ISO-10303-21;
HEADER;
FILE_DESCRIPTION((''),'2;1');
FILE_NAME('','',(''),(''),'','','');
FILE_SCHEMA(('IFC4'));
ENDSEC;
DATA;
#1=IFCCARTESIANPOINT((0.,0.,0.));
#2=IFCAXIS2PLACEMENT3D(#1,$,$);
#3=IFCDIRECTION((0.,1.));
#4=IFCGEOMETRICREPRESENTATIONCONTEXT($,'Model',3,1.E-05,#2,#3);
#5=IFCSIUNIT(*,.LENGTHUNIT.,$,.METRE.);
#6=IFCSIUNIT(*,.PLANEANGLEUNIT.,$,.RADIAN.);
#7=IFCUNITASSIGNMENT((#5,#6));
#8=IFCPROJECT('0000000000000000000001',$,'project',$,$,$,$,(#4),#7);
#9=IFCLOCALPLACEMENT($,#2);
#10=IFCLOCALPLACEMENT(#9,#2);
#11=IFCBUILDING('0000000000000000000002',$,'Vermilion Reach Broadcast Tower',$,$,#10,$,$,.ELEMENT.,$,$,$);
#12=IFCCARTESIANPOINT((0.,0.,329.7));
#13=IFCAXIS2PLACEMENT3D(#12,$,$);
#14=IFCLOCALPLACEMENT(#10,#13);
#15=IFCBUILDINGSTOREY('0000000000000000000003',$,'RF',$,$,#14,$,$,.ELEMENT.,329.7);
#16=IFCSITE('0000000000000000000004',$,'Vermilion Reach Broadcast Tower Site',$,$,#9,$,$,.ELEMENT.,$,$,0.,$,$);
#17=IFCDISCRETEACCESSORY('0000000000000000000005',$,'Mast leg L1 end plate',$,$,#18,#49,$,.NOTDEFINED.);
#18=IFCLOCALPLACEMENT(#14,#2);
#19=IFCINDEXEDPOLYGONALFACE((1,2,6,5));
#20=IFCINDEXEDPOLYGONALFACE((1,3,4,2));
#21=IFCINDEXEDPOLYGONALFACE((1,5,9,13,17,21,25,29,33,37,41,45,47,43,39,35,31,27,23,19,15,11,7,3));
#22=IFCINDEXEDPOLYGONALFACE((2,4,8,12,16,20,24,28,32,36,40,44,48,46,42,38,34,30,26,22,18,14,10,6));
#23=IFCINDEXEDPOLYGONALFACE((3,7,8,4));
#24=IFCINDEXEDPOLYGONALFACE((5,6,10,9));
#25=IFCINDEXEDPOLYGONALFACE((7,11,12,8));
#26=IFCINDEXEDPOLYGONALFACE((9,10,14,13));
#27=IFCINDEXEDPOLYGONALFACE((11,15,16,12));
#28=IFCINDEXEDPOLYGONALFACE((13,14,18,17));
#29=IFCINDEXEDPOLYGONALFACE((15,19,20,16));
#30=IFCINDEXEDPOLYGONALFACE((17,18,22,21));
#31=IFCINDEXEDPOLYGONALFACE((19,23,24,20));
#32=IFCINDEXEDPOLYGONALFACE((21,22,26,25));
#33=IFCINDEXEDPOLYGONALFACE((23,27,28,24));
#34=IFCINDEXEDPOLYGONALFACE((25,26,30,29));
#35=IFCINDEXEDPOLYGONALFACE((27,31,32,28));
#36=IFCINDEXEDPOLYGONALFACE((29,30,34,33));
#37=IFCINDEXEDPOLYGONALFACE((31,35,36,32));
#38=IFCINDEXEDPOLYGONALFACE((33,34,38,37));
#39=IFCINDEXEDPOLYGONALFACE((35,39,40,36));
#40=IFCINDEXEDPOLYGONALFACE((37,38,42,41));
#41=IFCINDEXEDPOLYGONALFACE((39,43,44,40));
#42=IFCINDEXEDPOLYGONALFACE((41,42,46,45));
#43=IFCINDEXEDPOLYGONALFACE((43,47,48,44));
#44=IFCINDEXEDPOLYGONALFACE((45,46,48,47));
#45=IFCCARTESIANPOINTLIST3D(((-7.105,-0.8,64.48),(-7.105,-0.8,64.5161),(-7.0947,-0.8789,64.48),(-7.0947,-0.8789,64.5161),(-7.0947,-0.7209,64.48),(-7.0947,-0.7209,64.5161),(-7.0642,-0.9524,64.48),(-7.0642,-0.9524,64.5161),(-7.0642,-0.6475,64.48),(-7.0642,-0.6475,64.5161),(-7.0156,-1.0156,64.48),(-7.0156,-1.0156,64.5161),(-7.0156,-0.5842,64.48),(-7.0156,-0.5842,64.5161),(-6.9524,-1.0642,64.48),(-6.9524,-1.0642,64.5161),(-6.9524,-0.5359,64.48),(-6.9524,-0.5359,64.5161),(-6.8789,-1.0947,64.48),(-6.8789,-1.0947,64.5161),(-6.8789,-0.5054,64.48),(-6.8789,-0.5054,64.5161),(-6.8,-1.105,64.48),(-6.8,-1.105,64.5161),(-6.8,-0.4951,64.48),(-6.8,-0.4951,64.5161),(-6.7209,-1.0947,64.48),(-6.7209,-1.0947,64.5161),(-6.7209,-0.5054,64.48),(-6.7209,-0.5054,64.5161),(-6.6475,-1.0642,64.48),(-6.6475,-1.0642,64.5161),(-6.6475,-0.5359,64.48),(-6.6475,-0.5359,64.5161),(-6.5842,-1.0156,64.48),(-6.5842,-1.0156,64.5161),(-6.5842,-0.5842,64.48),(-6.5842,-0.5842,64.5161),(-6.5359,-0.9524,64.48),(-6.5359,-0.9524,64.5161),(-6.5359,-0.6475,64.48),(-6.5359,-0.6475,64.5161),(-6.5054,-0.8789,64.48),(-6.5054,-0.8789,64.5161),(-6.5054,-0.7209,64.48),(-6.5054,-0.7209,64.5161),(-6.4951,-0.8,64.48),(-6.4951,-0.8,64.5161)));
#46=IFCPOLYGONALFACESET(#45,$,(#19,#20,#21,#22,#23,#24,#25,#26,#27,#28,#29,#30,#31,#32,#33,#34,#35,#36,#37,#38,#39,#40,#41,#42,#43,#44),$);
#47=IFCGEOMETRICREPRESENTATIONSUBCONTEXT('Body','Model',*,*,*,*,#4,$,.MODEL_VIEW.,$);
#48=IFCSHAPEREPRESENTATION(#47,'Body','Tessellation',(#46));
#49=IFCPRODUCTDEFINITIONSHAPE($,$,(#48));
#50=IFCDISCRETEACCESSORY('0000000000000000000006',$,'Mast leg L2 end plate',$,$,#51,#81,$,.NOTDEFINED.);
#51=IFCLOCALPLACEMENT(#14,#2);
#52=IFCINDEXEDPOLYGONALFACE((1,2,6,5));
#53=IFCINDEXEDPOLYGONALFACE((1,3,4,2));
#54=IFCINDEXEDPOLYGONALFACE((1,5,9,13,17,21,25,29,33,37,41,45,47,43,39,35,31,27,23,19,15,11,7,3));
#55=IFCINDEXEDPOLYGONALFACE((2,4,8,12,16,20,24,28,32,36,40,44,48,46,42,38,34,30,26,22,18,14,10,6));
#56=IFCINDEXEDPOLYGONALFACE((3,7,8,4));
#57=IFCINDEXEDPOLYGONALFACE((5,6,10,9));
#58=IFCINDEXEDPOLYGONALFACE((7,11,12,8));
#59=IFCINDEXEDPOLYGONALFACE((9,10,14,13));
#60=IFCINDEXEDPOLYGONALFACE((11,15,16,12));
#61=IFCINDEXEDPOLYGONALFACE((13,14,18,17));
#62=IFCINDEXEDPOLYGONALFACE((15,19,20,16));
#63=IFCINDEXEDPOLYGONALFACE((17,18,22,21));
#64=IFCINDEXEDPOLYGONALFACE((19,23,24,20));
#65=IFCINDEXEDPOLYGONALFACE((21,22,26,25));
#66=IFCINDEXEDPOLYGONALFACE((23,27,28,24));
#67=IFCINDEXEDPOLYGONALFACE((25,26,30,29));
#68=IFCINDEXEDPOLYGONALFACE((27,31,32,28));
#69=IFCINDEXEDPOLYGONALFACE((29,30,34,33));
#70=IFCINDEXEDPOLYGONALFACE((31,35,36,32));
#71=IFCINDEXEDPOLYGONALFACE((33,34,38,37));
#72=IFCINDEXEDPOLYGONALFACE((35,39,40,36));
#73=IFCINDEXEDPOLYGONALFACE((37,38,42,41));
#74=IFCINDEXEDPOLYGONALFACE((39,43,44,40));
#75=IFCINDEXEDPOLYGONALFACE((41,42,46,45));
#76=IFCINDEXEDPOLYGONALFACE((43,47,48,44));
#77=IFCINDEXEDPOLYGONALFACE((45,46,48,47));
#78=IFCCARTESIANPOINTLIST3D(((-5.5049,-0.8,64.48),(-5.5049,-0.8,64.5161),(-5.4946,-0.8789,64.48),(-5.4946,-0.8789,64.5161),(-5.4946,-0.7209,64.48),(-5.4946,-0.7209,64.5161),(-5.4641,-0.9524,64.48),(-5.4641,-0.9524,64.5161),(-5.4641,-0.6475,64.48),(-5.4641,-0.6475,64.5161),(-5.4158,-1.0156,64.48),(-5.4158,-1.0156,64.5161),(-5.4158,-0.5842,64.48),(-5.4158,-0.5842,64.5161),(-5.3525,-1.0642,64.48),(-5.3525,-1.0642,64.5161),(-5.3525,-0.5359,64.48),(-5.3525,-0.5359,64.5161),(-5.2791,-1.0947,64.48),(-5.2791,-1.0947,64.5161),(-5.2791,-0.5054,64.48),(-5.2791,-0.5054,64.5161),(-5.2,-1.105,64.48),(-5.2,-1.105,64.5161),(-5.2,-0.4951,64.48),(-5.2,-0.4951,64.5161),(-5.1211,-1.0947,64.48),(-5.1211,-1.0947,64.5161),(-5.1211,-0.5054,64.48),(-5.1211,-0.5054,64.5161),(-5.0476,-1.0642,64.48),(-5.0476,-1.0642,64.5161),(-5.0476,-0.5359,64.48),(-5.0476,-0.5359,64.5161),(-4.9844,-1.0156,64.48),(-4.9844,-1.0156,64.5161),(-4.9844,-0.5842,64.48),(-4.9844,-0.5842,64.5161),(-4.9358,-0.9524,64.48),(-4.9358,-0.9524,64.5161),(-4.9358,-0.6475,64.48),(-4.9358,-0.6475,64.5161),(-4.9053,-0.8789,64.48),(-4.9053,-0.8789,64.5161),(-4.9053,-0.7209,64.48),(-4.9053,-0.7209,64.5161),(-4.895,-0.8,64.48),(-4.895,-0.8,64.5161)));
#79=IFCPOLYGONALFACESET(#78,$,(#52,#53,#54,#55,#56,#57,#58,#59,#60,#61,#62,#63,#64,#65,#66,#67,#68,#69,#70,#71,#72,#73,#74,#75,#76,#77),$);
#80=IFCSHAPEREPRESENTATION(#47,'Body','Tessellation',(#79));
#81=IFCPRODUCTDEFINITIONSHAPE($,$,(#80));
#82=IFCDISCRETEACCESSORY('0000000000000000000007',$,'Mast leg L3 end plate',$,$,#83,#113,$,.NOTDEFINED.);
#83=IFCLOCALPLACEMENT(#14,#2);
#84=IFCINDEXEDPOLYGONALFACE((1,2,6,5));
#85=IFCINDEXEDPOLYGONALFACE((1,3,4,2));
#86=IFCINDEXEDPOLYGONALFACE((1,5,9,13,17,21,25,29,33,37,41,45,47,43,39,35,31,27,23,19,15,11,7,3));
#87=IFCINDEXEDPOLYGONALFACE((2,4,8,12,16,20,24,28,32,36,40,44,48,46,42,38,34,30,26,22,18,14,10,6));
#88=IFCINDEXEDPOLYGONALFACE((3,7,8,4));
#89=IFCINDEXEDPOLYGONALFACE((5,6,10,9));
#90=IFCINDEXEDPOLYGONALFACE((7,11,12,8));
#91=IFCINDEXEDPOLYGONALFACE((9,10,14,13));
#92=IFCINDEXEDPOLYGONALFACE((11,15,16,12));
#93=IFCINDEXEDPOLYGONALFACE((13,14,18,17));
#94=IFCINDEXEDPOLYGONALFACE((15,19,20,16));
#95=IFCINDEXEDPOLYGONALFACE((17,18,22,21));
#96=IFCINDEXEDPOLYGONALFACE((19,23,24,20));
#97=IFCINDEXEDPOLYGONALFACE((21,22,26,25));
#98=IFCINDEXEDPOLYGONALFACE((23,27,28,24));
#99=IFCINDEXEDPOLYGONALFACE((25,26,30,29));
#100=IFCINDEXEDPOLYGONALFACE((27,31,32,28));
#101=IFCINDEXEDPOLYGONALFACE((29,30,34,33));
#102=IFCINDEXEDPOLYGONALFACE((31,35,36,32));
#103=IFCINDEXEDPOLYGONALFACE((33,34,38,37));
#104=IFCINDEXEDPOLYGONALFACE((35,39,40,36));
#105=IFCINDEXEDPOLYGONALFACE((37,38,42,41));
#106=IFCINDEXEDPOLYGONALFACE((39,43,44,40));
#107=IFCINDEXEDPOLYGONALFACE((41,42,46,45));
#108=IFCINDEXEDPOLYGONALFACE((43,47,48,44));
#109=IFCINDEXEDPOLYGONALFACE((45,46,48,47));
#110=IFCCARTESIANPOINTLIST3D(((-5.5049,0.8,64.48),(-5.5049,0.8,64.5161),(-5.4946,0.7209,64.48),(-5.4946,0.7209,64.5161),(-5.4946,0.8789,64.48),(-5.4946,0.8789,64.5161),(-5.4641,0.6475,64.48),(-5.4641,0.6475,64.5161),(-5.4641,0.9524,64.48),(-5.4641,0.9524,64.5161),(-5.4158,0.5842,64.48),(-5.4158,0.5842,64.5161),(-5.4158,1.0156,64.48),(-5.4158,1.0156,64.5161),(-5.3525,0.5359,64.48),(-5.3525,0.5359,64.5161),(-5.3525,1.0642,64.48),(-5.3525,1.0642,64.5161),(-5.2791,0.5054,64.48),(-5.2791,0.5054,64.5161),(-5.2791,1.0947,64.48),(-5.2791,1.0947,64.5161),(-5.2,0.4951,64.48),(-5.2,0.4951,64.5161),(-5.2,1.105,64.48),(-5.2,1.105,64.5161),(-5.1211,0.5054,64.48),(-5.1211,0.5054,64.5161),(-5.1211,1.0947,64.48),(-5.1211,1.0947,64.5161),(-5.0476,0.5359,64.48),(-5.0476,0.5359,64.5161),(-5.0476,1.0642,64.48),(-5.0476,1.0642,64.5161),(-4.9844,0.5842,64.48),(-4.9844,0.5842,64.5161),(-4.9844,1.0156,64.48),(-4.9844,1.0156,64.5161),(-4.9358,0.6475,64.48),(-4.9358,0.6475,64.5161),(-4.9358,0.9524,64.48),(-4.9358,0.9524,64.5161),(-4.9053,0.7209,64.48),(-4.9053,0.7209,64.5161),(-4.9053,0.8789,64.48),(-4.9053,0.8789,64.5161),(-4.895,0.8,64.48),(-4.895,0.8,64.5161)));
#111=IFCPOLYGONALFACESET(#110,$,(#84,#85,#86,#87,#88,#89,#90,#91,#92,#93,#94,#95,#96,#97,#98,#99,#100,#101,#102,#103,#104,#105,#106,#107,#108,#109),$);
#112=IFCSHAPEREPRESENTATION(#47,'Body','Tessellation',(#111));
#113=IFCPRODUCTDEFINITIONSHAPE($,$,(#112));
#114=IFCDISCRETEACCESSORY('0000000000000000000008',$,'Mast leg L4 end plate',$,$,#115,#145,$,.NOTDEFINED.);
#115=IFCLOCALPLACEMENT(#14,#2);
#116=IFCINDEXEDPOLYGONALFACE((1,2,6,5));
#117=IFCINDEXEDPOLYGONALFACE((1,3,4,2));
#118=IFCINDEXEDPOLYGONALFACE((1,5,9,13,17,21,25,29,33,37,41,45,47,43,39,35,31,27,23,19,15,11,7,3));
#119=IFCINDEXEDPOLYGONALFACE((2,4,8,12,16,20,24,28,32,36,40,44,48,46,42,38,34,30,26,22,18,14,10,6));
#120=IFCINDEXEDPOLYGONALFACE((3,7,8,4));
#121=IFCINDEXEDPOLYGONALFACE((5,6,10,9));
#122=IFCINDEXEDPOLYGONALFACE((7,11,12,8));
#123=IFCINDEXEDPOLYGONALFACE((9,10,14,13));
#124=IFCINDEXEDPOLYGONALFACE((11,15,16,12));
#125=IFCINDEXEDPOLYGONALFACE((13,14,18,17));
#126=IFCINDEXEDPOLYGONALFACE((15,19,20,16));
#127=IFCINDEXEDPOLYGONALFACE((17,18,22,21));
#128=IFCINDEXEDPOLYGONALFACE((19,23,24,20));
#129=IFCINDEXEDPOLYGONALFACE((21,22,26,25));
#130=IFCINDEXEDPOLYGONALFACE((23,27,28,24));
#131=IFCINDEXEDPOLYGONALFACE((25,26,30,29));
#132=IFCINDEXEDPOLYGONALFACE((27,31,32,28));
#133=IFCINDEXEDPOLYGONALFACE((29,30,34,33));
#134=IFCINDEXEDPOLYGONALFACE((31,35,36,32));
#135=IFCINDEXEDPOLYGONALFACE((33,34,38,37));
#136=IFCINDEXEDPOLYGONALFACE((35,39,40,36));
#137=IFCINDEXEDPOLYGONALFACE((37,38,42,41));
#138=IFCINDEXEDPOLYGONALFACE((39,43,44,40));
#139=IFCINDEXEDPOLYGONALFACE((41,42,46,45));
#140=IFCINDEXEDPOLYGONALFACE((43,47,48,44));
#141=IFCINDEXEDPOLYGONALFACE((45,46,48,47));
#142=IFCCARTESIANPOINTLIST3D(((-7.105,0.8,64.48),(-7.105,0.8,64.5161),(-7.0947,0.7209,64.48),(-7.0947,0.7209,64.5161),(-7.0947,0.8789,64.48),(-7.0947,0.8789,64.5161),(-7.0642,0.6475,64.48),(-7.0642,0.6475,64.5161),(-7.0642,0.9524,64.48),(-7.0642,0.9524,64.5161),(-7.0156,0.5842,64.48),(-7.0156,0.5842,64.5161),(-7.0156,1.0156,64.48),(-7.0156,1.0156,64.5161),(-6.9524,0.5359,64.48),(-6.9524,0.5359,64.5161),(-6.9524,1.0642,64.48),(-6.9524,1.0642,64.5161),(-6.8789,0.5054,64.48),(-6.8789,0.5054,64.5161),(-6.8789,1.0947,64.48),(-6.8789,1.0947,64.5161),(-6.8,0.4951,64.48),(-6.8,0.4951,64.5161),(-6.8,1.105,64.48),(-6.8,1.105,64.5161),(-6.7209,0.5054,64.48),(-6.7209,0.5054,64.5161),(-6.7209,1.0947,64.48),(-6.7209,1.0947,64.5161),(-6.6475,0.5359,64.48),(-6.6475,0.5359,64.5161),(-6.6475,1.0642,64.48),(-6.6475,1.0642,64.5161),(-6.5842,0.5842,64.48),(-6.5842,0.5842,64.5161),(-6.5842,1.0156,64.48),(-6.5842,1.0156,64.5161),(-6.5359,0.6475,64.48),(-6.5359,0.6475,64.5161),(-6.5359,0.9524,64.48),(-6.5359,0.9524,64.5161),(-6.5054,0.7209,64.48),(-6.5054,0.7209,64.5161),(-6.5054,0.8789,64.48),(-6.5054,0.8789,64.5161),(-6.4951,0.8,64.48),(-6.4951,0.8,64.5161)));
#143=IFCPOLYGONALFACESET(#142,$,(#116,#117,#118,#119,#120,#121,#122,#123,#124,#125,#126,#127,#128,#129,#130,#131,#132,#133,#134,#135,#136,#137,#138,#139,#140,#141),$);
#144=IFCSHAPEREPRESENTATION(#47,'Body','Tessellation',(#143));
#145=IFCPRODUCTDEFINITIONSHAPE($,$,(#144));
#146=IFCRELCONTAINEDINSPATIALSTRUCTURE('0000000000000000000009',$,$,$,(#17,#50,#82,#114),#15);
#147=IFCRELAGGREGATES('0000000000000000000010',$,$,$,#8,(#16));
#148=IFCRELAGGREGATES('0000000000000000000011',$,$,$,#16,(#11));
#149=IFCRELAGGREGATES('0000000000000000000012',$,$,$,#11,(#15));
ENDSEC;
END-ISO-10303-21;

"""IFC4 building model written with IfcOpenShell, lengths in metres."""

from ifc_helpers import new_model, si_unit, direction, frame, origin, place, context, subcontext, project, spatial, polyline, outline, extrude, element, save


model = new_model("IFC4")

# Units and contexts
model_context = context("Model", 3, precision=1e-05, world=origin(), true_north=direction((0.0, 1.0)))
body_context = subcontext(model_context, "Body", "Model", "MODEL_VIEW")
ifc_project = project(units=[si_unit("LENGTHUNIT", "METRE"), si_unit("PLANEANGLEUNIT", "RADIAN")], contexts=[model_context])

# Site, building, storey
site_placement = place(None, origin())
site = spatial("IfcSite", under=ifc_project, at=site_placement, Name="Vermilion Reach Broadcast Tower Site", CompositionType="ELEMENT", RefElevation=0.0)
building_placement = place(site_placement, origin())
building = spatial("IfcBuilding", under=site, at=building_placement, Name="Vermilion Reach Broadcast Tower", CompositionType="ELEMENT")
storey_placement = place(building_placement, frame((0.0, 0.0, 329.7)))
storey = spatial("IfcBuildingStorey", under=building, at=storey_placement, Name="RF", CompositionType="ELEMENT", Elevation=329.7)

# Discrete accessories
placement = place(storey_placement, frame((0.0, 0.0, 64.48)))
element("IfcDiscreteAccessory", 1, at=placement, inside=storey, Name="Mast leg L1 end plate", PredefinedType="NOTDEFINED", context=body_context, shape_type="SweptSolid", body=[
    extrude(outline(polyline([(-6.4951, -0.8), (-6.5054, -0.7209), (-6.5359, -0.6475), (-6.5842, -0.5842), (-6.6475, -0.5359), (-6.7209, -0.5054), (-6.8, -0.4951), (-6.8789, -0.5054), (-6.9524, -0.5359), (-7.0156, -0.5842), (-7.0642, -0.6475), (-7.0947, -0.7209), (-7.105, -0.8), (-7.0947, -0.8789), (-7.0642, -0.9524), (-7.0156, -1.0156), (-6.9524, -1.0642), (-6.8789, -1.0947), (-6.8, -1.105), (-6.7209, -1.0947), (-6.6475, -1.0642), (-6.5842, -1.0156), (-6.5359, -0.9524), (-6.5054, -0.8789), (-6.4951, -0.8)])), origin(), (0.0, 0.0, 1.0), 0.0361),
])
element("IfcDiscreteAccessory", 2, at=placement, inside=storey, Name="Mast leg L2 end plate", PredefinedType="NOTDEFINED", context=body_context, shape_type="SweptSolid", body=[
    extrude(outline(polyline([(-4.895, -0.8), (-4.9053, -0.7209), (-4.9358, -0.6475), (-4.9844, -0.5842), (-5.0476, -0.5359), (-5.1211, -0.5054), (-5.2, -0.4951), (-5.2791, -0.5054), (-5.3525, -0.5359), (-5.4158, -0.5842), (-5.4641, -0.6475), (-5.4946, -0.7209), (-5.5049, -0.8), (-5.4946, -0.8789), (-5.4641, -0.9524), (-5.4158, -1.0156), (-5.3525, -1.0642), (-5.2791, -1.0947), (-5.2, -1.105), (-5.1211, -1.0947), (-5.0476, -1.0642), (-4.9844, -1.0156), (-4.9358, -0.9524), (-4.9053, -0.8789), (-4.895, -0.8)])), origin(), (0.0, 0.0, 1.0), 0.0361),
])
element("IfcDiscreteAccessory", 3, at=placement, inside=storey, Name="Mast leg L3 end plate", PredefinedType="NOTDEFINED", context=body_context, shape_type="SweptSolid", body=[
    extrude(outline(polyline([(-4.895, 0.8), (-4.9053, 0.8789), (-4.9358, 0.9524), (-4.9844, 1.0156), (-5.0476, 1.0642), (-5.1211, 1.0947), (-5.2, 1.105), (-5.2791, 1.0947), (-5.3525, 1.0642), (-5.4158, 1.0156), (-5.4641, 0.9524), (-5.4946, 0.8789), (-5.5049, 0.8), (-5.4946, 0.7209), (-5.4641, 0.6475), (-5.4158, 0.5842), (-5.3525, 0.5359), (-5.2791, 0.5054), (-5.2, 0.4951), (-5.1211, 0.5054), (-5.0476, 0.5359), (-4.9844, 0.5842), (-4.9358, 0.6475), (-4.9053, 0.7209), (-4.895, 0.8)])), origin(), (0.0, 0.0, 1.0), 0.0361),
])
element("IfcDiscreteAccessory", 4, at=placement, inside=storey, Name="Mast leg L4 end plate", PredefinedType="NOTDEFINED", context=body_context, shape_type="SweptSolid", body=[
    extrude(outline(polyline([(-6.4951, 0.8), (-6.5054, 0.8789), (-6.5359, 0.9524), (-6.5842, 1.0156), (-6.6475, 1.0642), (-6.7209, 1.0947), (-6.8, 1.105), (-6.8789, 1.0947), (-6.9524, 1.0642), (-7.0156, 1.0156), (-7.0642, 0.9524), (-7.0947, 0.8789), (-7.105, 0.8), (-7.0947, 0.7209), (-7.0642, 0.6475), (-7.0156, 0.5842), (-6.9524, 0.5359), (-6.8789, 0.5054), (-6.8, 0.4951), (-6.7209, 0.5054), (-6.6475, 0.5359), (-6.5842, 0.5842), (-6.5359, 0.6475), (-6.5054, 0.7209), (-6.4951, 0.8)])), origin(), (0.0, 0.0, 1.0), 0.0361),
])

save(model, "model.ifc")
